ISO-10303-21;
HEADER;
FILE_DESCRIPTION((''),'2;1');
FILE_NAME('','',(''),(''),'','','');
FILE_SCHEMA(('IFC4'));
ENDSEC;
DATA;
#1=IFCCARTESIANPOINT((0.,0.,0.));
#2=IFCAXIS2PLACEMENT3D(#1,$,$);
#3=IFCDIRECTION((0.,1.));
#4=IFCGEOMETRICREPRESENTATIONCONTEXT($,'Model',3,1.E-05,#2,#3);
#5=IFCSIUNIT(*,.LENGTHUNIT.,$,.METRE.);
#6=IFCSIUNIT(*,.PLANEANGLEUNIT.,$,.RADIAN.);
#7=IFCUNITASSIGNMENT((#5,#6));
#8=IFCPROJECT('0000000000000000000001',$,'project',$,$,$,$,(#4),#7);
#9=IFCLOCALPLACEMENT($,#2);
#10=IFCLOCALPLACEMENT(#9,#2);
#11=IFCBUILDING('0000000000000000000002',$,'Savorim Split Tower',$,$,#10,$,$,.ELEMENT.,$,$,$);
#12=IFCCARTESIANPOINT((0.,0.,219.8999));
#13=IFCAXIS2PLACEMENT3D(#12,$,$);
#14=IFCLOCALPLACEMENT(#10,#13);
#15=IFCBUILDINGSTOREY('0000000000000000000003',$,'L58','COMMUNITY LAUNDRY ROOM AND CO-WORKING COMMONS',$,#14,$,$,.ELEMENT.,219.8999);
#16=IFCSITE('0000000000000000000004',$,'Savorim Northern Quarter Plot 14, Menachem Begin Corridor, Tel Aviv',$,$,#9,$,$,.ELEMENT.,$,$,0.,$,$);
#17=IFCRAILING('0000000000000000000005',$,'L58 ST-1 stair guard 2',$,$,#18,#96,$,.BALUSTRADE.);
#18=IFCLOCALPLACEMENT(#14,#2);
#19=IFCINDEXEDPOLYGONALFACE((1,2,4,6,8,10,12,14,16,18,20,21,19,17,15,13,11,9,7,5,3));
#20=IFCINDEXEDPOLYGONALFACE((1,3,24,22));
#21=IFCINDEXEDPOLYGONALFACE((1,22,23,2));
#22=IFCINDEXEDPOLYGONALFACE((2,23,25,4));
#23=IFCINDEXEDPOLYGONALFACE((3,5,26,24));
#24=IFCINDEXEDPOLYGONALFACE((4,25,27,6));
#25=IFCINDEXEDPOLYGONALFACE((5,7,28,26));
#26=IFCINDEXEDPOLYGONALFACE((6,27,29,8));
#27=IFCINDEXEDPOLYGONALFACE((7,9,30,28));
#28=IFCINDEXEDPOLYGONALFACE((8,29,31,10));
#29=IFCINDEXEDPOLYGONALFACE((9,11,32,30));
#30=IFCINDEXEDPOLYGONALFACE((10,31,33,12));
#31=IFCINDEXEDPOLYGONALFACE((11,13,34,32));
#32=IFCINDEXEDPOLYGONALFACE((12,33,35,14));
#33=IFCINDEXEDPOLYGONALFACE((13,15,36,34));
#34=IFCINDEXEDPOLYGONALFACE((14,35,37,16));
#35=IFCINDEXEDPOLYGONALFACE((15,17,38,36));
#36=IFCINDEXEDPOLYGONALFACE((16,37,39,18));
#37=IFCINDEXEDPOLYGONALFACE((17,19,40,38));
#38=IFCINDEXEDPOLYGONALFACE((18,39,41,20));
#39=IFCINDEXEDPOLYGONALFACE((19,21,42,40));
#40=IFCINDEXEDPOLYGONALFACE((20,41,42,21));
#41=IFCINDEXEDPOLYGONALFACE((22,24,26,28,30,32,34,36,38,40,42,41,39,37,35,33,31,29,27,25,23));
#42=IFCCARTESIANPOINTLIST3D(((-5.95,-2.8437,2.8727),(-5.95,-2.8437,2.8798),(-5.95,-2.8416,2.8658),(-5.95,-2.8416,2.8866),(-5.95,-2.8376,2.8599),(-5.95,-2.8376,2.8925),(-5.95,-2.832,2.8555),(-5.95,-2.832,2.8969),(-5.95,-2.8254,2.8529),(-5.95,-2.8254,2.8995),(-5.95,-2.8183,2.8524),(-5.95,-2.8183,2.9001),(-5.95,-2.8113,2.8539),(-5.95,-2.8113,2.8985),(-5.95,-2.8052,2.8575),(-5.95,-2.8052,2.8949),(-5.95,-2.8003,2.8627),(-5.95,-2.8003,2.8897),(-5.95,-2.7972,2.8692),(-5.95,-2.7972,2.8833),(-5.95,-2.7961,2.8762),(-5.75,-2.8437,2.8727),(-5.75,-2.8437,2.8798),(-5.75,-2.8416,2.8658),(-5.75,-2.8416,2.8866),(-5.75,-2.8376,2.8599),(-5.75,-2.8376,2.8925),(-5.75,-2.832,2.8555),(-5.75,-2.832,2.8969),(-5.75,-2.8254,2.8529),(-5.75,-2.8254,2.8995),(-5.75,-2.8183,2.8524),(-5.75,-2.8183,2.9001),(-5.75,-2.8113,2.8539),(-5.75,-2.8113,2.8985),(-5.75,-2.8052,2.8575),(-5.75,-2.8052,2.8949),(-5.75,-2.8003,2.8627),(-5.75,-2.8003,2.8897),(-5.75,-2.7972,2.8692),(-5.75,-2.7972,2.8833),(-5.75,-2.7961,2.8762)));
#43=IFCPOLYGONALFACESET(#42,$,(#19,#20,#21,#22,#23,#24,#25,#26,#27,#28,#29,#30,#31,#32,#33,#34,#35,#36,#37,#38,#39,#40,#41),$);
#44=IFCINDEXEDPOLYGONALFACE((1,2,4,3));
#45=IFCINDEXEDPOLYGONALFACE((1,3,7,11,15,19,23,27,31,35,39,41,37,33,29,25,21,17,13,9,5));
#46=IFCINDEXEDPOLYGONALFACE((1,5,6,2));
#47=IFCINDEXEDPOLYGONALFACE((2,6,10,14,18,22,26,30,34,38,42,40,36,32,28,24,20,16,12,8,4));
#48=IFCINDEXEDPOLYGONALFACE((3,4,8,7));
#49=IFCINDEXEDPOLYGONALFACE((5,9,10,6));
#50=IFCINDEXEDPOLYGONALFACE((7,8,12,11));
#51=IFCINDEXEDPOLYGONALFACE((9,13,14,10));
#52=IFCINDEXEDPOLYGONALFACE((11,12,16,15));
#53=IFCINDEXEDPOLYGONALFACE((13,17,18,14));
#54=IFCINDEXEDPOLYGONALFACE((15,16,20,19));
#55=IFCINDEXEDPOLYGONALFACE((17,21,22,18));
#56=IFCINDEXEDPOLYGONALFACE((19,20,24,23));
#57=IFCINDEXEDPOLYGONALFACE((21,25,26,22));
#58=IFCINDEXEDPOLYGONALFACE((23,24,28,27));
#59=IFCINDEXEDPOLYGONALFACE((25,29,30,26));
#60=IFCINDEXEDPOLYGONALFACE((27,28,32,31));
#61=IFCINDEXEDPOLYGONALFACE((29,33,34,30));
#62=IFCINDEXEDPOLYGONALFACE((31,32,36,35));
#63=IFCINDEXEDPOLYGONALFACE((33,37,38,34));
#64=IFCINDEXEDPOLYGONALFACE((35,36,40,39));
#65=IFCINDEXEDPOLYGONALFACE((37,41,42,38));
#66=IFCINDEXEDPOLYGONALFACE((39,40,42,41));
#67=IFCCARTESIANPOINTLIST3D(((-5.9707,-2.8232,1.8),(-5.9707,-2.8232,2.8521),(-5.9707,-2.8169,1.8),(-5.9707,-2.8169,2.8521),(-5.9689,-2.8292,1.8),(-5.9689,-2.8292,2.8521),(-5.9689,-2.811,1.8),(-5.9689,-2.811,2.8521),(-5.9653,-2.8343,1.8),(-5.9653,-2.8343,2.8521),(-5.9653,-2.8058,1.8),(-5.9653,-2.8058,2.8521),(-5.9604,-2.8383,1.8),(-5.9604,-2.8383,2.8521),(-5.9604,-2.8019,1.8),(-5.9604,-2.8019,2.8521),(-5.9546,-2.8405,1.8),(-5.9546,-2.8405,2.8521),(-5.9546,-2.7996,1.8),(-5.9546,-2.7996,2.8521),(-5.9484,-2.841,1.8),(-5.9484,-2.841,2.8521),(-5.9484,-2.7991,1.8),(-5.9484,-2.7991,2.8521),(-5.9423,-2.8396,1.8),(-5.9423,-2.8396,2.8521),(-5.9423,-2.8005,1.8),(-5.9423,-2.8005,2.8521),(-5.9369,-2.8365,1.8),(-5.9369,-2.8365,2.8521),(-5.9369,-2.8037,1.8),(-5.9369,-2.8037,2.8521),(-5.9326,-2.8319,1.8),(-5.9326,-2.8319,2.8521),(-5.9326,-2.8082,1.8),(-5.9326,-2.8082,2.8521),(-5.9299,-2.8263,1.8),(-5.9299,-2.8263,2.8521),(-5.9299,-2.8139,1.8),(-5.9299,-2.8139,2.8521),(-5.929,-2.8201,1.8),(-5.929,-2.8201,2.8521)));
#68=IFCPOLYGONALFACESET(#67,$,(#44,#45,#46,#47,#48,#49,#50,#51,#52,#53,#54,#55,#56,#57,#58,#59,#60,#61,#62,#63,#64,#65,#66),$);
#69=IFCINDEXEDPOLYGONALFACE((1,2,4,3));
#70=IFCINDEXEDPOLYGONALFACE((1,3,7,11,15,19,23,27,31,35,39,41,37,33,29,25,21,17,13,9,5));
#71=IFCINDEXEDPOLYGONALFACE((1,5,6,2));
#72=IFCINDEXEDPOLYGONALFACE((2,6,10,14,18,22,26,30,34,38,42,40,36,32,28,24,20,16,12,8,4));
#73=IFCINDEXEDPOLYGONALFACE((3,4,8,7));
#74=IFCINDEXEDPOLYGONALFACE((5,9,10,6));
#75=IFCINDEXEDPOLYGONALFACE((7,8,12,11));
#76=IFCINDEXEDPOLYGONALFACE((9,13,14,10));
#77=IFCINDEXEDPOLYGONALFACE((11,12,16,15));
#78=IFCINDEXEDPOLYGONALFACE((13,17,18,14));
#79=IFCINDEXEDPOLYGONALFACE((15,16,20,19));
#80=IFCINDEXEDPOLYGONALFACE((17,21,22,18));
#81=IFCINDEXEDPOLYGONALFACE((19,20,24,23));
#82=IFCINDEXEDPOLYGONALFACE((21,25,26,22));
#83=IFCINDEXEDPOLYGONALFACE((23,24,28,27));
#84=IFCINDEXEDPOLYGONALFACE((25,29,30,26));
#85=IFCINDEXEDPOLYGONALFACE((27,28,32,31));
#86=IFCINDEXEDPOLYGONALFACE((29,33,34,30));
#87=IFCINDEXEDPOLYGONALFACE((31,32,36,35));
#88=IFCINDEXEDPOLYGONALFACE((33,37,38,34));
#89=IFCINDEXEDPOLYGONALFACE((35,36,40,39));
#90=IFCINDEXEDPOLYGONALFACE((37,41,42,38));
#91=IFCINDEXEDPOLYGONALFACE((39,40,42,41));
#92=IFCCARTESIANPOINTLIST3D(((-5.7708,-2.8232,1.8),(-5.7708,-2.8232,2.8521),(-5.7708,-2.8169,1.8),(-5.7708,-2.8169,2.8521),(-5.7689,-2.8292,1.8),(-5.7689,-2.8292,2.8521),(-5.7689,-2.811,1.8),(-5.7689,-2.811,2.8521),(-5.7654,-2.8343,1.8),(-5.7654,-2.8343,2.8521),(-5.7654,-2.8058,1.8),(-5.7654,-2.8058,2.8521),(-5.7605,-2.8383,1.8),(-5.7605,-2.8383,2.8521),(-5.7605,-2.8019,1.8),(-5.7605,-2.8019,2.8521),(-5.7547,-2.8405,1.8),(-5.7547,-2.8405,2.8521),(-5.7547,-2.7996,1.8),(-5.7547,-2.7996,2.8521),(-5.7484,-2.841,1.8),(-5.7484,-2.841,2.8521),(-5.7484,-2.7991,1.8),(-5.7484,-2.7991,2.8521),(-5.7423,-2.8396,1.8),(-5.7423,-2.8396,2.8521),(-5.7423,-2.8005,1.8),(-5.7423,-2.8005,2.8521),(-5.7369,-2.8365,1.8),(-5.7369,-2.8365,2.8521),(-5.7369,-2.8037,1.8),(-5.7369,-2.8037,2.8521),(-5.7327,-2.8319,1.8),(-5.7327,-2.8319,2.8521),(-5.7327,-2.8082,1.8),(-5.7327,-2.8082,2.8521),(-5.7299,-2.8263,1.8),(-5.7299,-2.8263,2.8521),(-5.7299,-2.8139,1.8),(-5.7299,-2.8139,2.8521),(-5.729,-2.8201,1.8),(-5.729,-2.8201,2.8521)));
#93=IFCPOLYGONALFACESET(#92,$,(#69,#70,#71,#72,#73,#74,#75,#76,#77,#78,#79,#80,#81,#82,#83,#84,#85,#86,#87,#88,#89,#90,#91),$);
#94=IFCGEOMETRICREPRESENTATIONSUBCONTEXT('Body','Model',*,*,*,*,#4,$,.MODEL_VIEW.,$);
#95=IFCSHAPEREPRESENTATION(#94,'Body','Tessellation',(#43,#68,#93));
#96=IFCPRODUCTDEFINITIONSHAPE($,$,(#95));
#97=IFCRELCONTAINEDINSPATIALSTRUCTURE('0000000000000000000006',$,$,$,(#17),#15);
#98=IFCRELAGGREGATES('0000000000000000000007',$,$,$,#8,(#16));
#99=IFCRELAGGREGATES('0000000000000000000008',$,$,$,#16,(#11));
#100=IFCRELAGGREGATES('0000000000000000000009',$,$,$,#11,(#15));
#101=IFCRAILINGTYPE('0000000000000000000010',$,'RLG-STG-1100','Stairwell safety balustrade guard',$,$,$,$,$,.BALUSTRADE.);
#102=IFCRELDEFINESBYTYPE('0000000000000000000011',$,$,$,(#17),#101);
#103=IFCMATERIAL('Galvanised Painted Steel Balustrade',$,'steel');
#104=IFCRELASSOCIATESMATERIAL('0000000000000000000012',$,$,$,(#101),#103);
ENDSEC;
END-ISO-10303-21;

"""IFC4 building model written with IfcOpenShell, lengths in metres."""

from ifc_helpers import new_model, si_unit, direction, frame, origin, origin_2d, place, context, subcontext, project, spatial, circle, extrude, material, type_object, element, save


model = new_model("IFC4")

# Units and contexts
model_context = context("Model", 3, precision=1e-05, world=origin(), true_north=direction((0.0, 1.0)))
body_context = subcontext(model_context, "Body", "Model", "MODEL_VIEW")
ifc_project = project(units=[si_unit("LENGTHUNIT", "METRE"), si_unit("PLANEANGLEUNIT", "RADIAN")], contexts=[model_context])

# Site, building, storey
site_placement = place(None, origin())
site = spatial("IfcSite", under=ifc_project, at=site_placement, Name="Savorim Northern Quarter Plot 14, Menachem Begin Corridor, Tel Aviv", CompositionType="ELEMENT", RefElevation=0.0)
building_placement = place(site_placement, origin())
building = spatial("IfcBuilding", under=site, at=building_placement, Name="Savorim Split Tower", CompositionType="ELEMENT")
storey_placement = place(building_placement, frame((0.0, 0.0, 219.8999)))
storey = spatial("IfcBuildingStorey", under=building, at=storey_placement, Name="L58", Description="COMMUNITY LAUNDRY ROOM AND CO-WORKING COMMONS", CompositionType="ELEMENT", Elevation=219.8999)

# Railing
ifc_material_1 = material(Name="Galvanised Painted Steel Balustrade", Category="steel")
railing_type_1 = type_object("IfcRailingType", Name="RLG-STG-1100", Description="Stairwell safety balustrade guard", PredefinedType="BALUSTRADE", material=ifc_material_1)
railing_1_placement = place(storey_placement, frame((-5.95, -2.8201, 1.8)))
element("IfcRailing", 1, at=railing_1_placement, inside=storey, type_object=railing_type_1, Name="L58 ST-1 stair guard 2", PredefinedType="BALUSTRADE", context=body_context, shape_type="SweptSolid", body=[
    extrude(circle(Radius=0.0239, at=origin_2d()), frame((0.0, 0.0, 1.0762), z_axis=(1.0, 0.0, 0.0), x_axis=(0.0, 1.0, 0.0)), (0.0, 0.0, 1.0), 0.2),
    extrude(circle(Radius=0.021, at=origin_2d()), origin(), (0.0, 0.0, 1.0), 1.052),
    extrude(circle(Radius=0.021, at=origin_2d()), frame((0.2, 0.0, 0.0)), (0.0, 0.0, 1.0), 1.052),
])

save(model, "model.ifc")
